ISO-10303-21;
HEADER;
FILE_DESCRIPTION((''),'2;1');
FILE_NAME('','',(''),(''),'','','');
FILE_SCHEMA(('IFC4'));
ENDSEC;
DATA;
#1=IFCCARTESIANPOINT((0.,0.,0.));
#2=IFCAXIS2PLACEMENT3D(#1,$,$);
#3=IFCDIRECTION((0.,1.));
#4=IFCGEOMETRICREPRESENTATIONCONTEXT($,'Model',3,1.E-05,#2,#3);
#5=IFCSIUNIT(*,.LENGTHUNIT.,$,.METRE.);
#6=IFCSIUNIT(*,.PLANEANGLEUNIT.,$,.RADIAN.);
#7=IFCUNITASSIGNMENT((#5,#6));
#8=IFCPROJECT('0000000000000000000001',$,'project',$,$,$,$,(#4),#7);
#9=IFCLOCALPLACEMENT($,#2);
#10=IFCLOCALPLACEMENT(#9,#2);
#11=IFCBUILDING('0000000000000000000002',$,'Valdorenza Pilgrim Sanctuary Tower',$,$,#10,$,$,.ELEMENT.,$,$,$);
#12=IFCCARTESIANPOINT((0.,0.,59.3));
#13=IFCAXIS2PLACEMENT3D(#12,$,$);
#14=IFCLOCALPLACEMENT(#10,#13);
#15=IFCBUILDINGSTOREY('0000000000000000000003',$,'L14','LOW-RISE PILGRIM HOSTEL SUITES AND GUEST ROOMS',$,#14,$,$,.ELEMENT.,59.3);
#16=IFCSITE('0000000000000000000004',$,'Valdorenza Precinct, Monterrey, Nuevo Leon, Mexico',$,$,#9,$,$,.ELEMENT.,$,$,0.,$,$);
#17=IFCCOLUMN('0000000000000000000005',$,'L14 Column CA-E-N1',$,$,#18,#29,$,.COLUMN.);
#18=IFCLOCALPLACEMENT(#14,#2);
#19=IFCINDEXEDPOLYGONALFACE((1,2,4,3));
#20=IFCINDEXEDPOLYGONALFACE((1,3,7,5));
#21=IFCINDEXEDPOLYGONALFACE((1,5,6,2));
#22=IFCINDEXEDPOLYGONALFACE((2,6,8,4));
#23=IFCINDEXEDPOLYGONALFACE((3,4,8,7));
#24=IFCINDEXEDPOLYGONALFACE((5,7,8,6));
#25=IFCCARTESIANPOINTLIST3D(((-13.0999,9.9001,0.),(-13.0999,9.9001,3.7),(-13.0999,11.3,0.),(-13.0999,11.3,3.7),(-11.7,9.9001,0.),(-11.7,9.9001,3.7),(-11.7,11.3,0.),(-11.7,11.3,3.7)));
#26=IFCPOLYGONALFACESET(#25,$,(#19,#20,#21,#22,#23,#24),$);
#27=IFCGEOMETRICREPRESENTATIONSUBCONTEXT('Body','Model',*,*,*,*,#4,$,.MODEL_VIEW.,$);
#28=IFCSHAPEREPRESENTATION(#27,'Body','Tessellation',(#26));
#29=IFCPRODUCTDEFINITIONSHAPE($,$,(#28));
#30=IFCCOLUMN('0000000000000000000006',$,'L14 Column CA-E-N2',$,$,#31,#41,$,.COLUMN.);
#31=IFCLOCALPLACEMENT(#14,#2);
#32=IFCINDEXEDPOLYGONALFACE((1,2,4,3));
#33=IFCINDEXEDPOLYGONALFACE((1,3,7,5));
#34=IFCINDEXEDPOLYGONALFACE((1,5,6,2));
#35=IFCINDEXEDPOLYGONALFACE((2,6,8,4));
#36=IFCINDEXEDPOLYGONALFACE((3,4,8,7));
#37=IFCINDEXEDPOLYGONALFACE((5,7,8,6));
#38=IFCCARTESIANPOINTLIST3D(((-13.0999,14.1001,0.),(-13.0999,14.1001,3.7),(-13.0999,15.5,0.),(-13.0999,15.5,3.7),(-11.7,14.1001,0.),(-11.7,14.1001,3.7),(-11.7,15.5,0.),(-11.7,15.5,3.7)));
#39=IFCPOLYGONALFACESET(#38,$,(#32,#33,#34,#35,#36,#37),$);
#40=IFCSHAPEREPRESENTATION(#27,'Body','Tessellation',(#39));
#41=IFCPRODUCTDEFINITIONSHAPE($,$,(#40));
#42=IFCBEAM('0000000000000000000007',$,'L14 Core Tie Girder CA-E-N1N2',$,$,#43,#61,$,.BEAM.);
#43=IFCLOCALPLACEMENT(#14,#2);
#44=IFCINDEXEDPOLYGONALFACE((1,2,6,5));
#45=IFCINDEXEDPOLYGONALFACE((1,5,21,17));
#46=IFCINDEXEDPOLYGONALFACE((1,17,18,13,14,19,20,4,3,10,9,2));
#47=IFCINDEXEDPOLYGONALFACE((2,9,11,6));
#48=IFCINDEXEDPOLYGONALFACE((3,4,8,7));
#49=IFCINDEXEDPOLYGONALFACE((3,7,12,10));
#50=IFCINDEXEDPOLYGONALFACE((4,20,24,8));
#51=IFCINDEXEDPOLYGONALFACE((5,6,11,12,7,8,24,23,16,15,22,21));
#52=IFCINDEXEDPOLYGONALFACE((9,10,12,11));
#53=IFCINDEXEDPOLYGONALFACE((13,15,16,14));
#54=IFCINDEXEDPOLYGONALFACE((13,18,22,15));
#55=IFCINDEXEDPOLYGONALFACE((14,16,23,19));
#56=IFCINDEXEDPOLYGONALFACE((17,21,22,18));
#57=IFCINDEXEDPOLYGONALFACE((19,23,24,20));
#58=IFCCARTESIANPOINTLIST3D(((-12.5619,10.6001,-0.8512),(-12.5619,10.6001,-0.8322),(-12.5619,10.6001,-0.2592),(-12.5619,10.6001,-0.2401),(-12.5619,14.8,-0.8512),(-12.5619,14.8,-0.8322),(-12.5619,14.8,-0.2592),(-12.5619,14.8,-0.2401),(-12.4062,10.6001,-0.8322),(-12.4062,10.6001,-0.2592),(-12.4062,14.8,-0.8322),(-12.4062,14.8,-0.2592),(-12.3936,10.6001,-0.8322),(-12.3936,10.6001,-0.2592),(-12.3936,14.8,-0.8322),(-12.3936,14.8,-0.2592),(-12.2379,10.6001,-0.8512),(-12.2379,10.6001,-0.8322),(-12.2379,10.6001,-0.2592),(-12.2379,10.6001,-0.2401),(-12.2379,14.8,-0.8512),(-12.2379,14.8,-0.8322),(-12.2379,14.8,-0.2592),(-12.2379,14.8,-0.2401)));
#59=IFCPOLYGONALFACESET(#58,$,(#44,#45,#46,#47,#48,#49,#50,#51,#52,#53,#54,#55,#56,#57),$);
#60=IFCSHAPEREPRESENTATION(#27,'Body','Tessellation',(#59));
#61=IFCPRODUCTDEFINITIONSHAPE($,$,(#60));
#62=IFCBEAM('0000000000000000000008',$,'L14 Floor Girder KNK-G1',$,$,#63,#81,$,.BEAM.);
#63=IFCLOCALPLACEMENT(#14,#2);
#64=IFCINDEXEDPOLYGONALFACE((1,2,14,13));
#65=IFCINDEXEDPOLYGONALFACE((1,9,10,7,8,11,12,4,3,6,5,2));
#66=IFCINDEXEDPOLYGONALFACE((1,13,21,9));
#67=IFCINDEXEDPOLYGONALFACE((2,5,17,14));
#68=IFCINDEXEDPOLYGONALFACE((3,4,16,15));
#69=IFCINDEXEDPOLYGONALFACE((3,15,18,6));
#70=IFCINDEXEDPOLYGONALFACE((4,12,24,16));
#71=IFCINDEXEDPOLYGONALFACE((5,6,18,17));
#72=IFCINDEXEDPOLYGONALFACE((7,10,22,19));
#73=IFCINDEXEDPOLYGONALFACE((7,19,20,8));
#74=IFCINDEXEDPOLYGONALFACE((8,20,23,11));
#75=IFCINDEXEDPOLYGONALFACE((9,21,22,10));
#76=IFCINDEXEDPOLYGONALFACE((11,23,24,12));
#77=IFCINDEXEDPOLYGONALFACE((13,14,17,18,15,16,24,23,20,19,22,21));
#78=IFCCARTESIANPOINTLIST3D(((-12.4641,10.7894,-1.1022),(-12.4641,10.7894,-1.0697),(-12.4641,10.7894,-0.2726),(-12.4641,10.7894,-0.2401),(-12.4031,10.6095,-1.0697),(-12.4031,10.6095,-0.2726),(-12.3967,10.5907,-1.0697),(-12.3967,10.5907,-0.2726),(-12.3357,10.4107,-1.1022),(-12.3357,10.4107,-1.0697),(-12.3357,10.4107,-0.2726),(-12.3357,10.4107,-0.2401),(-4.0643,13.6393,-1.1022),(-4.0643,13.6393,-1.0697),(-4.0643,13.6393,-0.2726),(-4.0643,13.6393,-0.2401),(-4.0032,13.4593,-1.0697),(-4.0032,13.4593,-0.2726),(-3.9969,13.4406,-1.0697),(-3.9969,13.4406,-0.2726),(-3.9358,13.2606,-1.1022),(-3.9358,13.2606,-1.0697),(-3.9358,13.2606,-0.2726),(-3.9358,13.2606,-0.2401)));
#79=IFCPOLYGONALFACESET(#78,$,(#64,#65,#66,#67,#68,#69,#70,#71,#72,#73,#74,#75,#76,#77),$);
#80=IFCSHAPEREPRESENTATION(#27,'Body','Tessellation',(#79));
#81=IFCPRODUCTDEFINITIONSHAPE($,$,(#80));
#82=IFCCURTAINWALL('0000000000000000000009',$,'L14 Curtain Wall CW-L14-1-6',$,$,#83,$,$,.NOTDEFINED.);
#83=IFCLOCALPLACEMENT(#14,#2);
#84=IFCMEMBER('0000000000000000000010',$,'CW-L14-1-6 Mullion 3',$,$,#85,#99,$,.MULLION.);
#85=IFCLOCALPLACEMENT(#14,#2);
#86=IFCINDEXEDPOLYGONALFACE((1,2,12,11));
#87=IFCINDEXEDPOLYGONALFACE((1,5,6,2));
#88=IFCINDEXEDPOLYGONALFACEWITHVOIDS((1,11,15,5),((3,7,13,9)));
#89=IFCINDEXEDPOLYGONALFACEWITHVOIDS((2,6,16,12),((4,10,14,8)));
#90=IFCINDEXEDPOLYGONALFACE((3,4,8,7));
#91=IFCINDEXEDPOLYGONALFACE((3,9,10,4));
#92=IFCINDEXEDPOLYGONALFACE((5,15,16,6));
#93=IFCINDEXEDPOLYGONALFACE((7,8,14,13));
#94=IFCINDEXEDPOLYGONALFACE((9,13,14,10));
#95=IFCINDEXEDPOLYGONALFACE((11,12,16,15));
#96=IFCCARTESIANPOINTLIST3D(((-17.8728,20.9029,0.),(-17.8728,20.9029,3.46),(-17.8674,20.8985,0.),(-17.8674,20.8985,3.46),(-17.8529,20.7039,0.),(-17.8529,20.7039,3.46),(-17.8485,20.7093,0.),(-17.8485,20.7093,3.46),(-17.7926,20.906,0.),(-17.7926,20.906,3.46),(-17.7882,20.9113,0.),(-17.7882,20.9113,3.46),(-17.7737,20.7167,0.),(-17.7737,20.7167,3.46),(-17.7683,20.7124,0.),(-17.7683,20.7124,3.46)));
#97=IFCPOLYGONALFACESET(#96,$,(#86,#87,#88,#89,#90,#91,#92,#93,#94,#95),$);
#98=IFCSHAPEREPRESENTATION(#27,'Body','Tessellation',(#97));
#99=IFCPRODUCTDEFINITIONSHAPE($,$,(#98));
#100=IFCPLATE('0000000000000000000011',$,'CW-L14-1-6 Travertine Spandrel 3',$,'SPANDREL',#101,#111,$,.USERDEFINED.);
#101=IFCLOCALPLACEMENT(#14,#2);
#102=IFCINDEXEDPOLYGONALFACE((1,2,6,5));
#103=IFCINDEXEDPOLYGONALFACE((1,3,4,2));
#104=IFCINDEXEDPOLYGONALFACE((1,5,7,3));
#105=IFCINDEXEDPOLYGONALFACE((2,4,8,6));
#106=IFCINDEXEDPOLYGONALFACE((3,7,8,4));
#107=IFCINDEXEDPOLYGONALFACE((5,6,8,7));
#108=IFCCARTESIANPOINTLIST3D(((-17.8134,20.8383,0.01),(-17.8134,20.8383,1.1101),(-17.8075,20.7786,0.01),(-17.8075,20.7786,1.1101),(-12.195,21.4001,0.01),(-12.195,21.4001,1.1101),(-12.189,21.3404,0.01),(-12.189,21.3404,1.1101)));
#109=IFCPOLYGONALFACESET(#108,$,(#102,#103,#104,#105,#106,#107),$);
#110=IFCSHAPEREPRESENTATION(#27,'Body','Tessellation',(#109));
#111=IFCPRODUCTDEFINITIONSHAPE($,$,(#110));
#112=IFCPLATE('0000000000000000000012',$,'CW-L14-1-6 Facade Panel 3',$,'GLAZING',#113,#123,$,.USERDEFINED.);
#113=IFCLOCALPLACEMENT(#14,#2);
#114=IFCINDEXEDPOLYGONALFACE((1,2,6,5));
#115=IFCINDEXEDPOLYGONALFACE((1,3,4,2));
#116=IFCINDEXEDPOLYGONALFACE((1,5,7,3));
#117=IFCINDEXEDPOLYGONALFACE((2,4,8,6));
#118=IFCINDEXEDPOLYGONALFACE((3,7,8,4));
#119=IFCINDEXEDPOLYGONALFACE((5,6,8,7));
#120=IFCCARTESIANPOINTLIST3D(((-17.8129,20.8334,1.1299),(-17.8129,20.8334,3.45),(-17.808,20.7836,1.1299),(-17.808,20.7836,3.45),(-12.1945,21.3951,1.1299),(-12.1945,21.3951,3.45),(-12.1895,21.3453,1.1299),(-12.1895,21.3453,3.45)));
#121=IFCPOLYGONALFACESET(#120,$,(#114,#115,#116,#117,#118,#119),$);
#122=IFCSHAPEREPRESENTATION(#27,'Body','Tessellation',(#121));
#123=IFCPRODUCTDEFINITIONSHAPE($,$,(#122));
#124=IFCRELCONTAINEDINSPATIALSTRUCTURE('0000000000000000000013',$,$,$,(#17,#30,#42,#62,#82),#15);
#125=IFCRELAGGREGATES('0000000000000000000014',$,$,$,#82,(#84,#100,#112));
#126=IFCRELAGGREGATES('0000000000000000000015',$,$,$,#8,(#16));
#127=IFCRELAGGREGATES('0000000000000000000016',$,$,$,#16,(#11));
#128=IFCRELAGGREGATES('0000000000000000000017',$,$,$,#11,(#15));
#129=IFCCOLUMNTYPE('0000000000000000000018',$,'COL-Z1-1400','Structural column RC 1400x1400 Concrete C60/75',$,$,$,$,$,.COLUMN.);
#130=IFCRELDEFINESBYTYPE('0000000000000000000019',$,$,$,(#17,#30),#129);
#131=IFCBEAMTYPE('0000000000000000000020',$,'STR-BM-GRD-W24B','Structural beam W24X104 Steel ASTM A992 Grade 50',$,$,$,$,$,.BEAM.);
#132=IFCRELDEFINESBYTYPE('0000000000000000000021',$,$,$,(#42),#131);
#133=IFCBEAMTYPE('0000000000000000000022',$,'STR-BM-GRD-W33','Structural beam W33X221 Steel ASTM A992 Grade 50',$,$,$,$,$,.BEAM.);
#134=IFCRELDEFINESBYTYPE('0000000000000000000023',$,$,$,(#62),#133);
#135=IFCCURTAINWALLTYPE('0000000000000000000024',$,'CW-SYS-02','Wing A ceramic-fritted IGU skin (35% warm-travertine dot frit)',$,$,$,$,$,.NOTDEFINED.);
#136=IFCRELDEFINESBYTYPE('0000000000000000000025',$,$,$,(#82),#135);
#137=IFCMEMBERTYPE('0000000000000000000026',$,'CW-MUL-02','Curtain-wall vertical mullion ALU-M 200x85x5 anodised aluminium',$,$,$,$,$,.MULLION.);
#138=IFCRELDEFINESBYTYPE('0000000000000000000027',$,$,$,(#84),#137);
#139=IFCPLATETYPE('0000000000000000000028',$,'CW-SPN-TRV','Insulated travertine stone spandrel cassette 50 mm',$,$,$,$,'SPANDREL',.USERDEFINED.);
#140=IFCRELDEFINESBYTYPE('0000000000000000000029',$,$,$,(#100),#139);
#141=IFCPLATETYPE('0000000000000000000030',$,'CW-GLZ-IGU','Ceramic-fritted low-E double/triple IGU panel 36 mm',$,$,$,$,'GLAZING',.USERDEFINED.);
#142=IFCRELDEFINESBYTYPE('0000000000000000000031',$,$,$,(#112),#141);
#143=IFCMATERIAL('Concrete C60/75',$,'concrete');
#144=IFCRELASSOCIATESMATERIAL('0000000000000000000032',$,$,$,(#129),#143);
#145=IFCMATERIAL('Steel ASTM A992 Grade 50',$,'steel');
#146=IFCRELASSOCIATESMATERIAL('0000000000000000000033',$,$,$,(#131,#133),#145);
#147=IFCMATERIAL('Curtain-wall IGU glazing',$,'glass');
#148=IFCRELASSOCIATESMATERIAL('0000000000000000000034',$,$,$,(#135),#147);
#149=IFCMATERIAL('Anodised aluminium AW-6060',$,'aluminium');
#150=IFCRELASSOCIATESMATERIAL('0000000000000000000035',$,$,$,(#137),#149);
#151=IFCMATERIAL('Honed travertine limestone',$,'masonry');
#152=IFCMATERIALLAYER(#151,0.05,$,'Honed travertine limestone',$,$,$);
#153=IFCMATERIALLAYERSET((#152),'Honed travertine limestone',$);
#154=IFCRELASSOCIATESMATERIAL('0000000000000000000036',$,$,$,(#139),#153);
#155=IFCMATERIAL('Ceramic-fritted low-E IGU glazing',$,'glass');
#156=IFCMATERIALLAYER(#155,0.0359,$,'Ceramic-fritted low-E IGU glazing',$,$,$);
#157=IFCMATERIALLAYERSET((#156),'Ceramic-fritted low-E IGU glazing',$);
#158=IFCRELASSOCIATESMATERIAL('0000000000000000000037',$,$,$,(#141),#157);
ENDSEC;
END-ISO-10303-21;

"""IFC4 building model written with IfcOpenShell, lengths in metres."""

from ifc_helpers import new_model, si_unit, direction, frame, origin, origin_2d, place, context, subcontext, project, spatial, rectangle, hollow_rectangle, i_section, extrude, source, transform, mapped, material, layer, layer_set, material_profile, profile_set, type_object, element, aggregate, save


model = new_model("IFC4")

# Units and contexts
model_context = context("Model", 3, precision=1e-05, world=origin(), true_north=direction((0.0, 1.0)))
body_context = subcontext(model_context, "Body", "Model", "MODEL_VIEW")
ifc_project = project(units=[si_unit("LENGTHUNIT", "METRE"), si_unit("PLANEANGLEUNIT", "RADIAN")], contexts=[model_context])

# Site, building, storey
site_placement = place(None, origin())
site = spatial("IfcSite", under=ifc_project, at=site_placement, Name="Valdorenza Precinct, Monterrey, Nuevo Leon, Mexico", CompositionType="ELEMENT", RefElevation=0.0)
building_placement = place(site_placement, origin())
building = spatial("IfcBuilding", under=site, at=building_placement, Name="Valdorenza Pilgrim Sanctuary Tower", CompositionType="ELEMENT")
storey_placement = place(building_placement, frame((0.0, 0.0, 59.3)))
storey = spatial("IfcBuildingStorey", under=building, at=storey_placement, Name="L14", Description="LOW-RISE PILGRIM HOSTEL SUITES AND GUEST ROOMS", CompositionType="ELEMENT", Elevation=59.3)

# Columns
ifc_material_1 = material(Name="Concrete C60/75", Category="concrete")
ifc_material_profile_1 = material_profile(ifc_material_1, rectangle(XDim=1.3999, YDim=1.3999, at=origin_2d()), Name="RC 1400x1400")
ifc_profile_set_1 = profile_set([ifc_material_profile_1], Name="Concrete C60/75")
column_type = type_object("IfcColumnType", Name="COL-Z1-1400", Description="Structural column RC 1400x1400 Concrete C60/75", PredefinedType="COLUMN", material=ifc_profile_set_1)
shared_shape_1 = source(origin(), body_context, "Body", "SweptSolid", [
    extrude(rectangle(XDim=1.3999, YDim=1.3999, at=origin_2d()), origin(), (0.0, 0.0, 1.0), 3.7),
])
for number, where, z_axis, x_axis, name in (
    (1, (-12.3999, 10.6001, 0.0), (0.0, 0.0, 1.0), (1.0, 0.0, 0.0), "L14 Column CA-E-N1"),
    (2, (-12.3999, 14.8, 0.0), (0.0, 0.0, 1.0), (1.0, 0.0, 0.0), "L14 Column CA-E-N2"),
):
    element("IfcColumn", number, at=place(storey_placement, frame(where, z_axis=z_axis, x_axis=x_axis)), inside=storey, type_object=column_type, Name=name, PredefinedType="COLUMN", context=body_context, shape_type="MappedRepresentation", body=[
        mapped(shared_shape_1, transform((0.0, 0.0, 0.0), x_axis=(1.0, 0.0, 0.0), y_axis=(0.0, 1.0, 0.0), z_axis=(0.0, 0.0, 1.0), scale=1.0)),
    ])

# Beams
ifc_material_2 = material(Name="Steel ASTM A992 Grade 50", Category="steel")
ifc_material_profile_2 = material_profile(ifc_material_2, i_section(OverallWidth=0.324, OverallDepth=0.6111, WebThickness=0.0127, FlangeThickness=0.019, at=origin_2d()), Name="W24X104")
ifc_profile_set_2 = profile_set([ifc_material_profile_2], Name="Steel ASTM A992 Grade 50")
beam_type_1 = type_object("IfcBeamType", Name="STR-BM-GRD-W24B", Description="Structural beam W24X104 Steel ASTM A992 Grade 50", PredefinedType="BEAM", material=ifc_profile_set_2)
shared_shape_2 = source(origin(), body_context, "Body", "SweptSolid", [
    extrude(i_section(OverallWidth=0.324, OverallDepth=0.6111, WebThickness=0.0127, FlangeThickness=0.019, at=origin_2d()), origin(), (0.0, 0.0, 1.0), 4.2),
])
beam_1_placement = place(storey_placement, frame((-12.3999, 10.6001, -0.5457), z_axis=(0.0, 1.0, 0.0), x_axis=(-1.0, 0.0, 0.0)))
element("IfcBeam", 3, at=beam_1_placement, inside=storey, type_object=beam_type_1, Name="L14 Core Tie Girder CA-E-N1N2", PredefinedType="BEAM", context=body_context, shape_type="MappedRepresentation", body=[
    mapped(shared_shape_2, transform((0.0, 0.0, 0.0), x_axis=(1.0, 0.0, 0.0), y_axis=(0.0, 1.0, 0.0), z_axis=(0.0, 0.0, 1.0), scale=1.0)),
])
ifc_material_profile_3 = material_profile(ifc_material_2, i_section(OverallWidth=0.3999, OverallDepth=0.8621, WebThickness=0.0198, FlangeThickness=0.0325, at=origin_2d()), Name="W33X221")
ifc_profile_set_3 = profile_set([ifc_material_profile_3], Name="Steel ASTM A992 Grade 50")
beam_type_2 = type_object("IfcBeamType", Name="STR-BM-GRD-W33", Description="Structural beam W33X221 Steel ASTM A992 Grade 50", PredefinedType="BEAM", material=ifc_profile_set_3)
shared_shape_3 = source(origin(), body_context, "Body", "SweptSolid", [
    extrude(i_section(OverallWidth=0.3999, OverallDepth=0.8621, WebThickness=0.0198, FlangeThickness=0.0325, at=origin_2d()), origin(), (0.0, 0.0, 1.0), 8.8701),
])
beam_2_placement = place(storey_placement, frame((-12.3999, 10.6001, -0.6711), z_axis=(0.946983, 0.321285, 0.0), x_axis=(-0.321285, 0.946983, 0.0)))
element("IfcBeam", 4, at=beam_2_placement, inside=storey, type_object=beam_type_2, Name="L14 Floor Girder KNK-G1", PredefinedType="BEAM", context=body_context, shape_type="MappedRepresentation", body=[
    mapped(shared_shape_3, transform((0.0, 0.0, 0.0), x_axis=(1.0, 0.0, 0.0), y_axis=(0.0, 1.0, 0.0), z_axis=(0.0, 0.0, 1.0), scale=1.0)),
])

# Curtain wall, member, plates
ifc_material_3 = material(Name="Curtain-wall IGU glazing", Category="glass")
curtain_wall_type = type_object("IfcCurtainWallType", Name="CW-SYS-02", Description="Wing A ceramic-fritted IGU skin (35% warm-travertine dot frit)", PredefinedType="NOTDEFINED", material=ifc_material_3)
curtain_wall_placement = place(storey_placement, origin())
curtain_wall = element("IfcCurtainWall", 5, at=curtain_wall_placement, inside=storey, type_object=curtain_wall_type, Name="L14 Curtain Wall CW-L14-1-6", PredefinedType="NOTDEFINED")
ifc_material_4 = material(Name="Anodised aluminium AW-6060", Category="aluminium")
ifc_material_profile_4 = material_profile(ifc_material_4, hollow_rectangle(XDim=0.085, YDim=0.2, WallThickness=0.0049, at=origin_2d()), Name="ALU-M 200x85x5")
ifc_profile_set_4 = profile_set([ifc_material_profile_4], Name="Anodised aluminium AW-6060")
member_type = type_object("IfcMemberType", Name="CW-MUL-02", Description="Curtain-wall vertical mullion ALU-M 200x85x5 anodised aluminium", PredefinedType="MULLION", material=ifc_profile_set_4)
shared_shape_4 = source(origin(), body_context, "Body", "SweptSolid", [
    extrude(hollow_rectangle(XDim=0.085, YDim=0.2, WallThickness=0.0049, at=origin_2d()), origin(), (0.0, 0.0, 1.0), 3.46),
])
member_placement = place(storey_placement, frame((-17.8206, 20.8076, 0.0), z_axis=(0.0, 0.0, 1.0), x_axis=(0.995038, 0.099493, 0.0)))
member = element("IfcMember", 6, at=member_placement, type_object=member_type, Name="CW-L14-1-6 Mullion 3", PredefinedType="MULLION", context=body_context, shape_type="MappedRepresentation", body=[
    mapped(shared_shape_4, transform((0.0, 0.0, 0.0), x_axis=(1.0, 0.0, 0.0), y_axis=(0.0, 1.0, 0.0), z_axis=(0.0, 0.0, 1.0), scale=1.0)),
])
ifc_material_5 = material(Name="Honed travertine limestone", Category="masonry")
ifc_layer_1 = layer(ifc_material_5, 0.05, Name="Honed travertine limestone")
ifc_layer_set_1 = layer_set([ifc_layer_1], Name="Honed travertine limestone")
plate_type_1 = type_object("IfcPlateType", Name="CW-SPN-TRV", Description="Insulated travertine stone spandrel cassette 50 mm", ElementType="SPANDREL", PredefinedType="USERDEFINED", material=ifc_layer_set_1)
shared_shape_5 = source(origin(), body_context, "Body", "SweptSolid", [
    extrude(rectangle(XDim=5.6465, YDim=0.0601, at=origin_2d()), origin(), (0.0, 0.0, 1.0), 1.1001),
])
plate_1_placement = place(storey_placement, frame((-15.0012, 21.0894, 0.01), z_axis=(0.0, 0.0, 1.0), x_axis=(0.995038, 0.099493, 0.0)))
plate_1 = element("IfcPlate", 7, at=plate_1_placement, type_object=plate_type_1, Name="CW-L14-1-6 Travertine Spandrel 3", ObjectType="SPANDREL", PredefinedType="USERDEFINED", context=body_context, shape_type="MappedRepresentation", body=[
    mapped(shared_shape_5, transform((0.0, 0.0, 0.0), x_axis=(1.0, 0.0, 0.0), y_axis=(0.0, 1.0, 0.0), z_axis=(0.0, 0.0, 1.0), scale=1.0)),
])
ifc_material_6 = material(Name="Ceramic-fritted low-E IGU glazing", Category="glass")
ifc_layer_2 = layer(ifc_material_6, 0.0359, Name="Ceramic-fritted low-E IGU glazing")
ifc_layer_set_2 = layer_set([ifc_layer_2], Name="Ceramic-fritted low-E IGU glazing")
plate_type_2 = type_object("IfcPlateType", Name="CW-GLZ-IGU", Description="Ceramic-fritted low-E double/triple IGU panel 36 mm", ElementType="GLAZING", PredefinedType="USERDEFINED", material=ifc_layer_set_2)
shared_shape_6 = source(origin(), body_context, "Body", "SweptSolid", [
    extrude(rectangle(XDim=5.6465, YDim=0.05, at=origin_2d()), origin(), (0.0, 0.0, 1.0), 2.3201),
])
plate_2_placement = place(storey_placement, frame((-15.0012, 21.0894, 1.1299), z_axis=(0.0, 0.0, 1.0), x_axis=(0.995038, 0.099493, 0.0)))
plate_2 = element("IfcPlate", 8, at=plate_2_placement, type_object=plate_type_2, Name="CW-L14-1-6 Facade Panel 3", ObjectType="GLAZING", PredefinedType="USERDEFINED", context=body_context, shape_type="MappedRepresentation", body=[
    mapped(shared_shape_6, transform((0.0, 0.0, 0.0), x_axis=(1.0, 0.0, 0.0), y_axis=(0.0, 1.0, 0.0), z_axis=(0.0, 0.0, 1.0), scale=1.0)),
])
aggregate(curtain_wall, [member, plate_1, plate_2])

save(model, "model.ifc")
